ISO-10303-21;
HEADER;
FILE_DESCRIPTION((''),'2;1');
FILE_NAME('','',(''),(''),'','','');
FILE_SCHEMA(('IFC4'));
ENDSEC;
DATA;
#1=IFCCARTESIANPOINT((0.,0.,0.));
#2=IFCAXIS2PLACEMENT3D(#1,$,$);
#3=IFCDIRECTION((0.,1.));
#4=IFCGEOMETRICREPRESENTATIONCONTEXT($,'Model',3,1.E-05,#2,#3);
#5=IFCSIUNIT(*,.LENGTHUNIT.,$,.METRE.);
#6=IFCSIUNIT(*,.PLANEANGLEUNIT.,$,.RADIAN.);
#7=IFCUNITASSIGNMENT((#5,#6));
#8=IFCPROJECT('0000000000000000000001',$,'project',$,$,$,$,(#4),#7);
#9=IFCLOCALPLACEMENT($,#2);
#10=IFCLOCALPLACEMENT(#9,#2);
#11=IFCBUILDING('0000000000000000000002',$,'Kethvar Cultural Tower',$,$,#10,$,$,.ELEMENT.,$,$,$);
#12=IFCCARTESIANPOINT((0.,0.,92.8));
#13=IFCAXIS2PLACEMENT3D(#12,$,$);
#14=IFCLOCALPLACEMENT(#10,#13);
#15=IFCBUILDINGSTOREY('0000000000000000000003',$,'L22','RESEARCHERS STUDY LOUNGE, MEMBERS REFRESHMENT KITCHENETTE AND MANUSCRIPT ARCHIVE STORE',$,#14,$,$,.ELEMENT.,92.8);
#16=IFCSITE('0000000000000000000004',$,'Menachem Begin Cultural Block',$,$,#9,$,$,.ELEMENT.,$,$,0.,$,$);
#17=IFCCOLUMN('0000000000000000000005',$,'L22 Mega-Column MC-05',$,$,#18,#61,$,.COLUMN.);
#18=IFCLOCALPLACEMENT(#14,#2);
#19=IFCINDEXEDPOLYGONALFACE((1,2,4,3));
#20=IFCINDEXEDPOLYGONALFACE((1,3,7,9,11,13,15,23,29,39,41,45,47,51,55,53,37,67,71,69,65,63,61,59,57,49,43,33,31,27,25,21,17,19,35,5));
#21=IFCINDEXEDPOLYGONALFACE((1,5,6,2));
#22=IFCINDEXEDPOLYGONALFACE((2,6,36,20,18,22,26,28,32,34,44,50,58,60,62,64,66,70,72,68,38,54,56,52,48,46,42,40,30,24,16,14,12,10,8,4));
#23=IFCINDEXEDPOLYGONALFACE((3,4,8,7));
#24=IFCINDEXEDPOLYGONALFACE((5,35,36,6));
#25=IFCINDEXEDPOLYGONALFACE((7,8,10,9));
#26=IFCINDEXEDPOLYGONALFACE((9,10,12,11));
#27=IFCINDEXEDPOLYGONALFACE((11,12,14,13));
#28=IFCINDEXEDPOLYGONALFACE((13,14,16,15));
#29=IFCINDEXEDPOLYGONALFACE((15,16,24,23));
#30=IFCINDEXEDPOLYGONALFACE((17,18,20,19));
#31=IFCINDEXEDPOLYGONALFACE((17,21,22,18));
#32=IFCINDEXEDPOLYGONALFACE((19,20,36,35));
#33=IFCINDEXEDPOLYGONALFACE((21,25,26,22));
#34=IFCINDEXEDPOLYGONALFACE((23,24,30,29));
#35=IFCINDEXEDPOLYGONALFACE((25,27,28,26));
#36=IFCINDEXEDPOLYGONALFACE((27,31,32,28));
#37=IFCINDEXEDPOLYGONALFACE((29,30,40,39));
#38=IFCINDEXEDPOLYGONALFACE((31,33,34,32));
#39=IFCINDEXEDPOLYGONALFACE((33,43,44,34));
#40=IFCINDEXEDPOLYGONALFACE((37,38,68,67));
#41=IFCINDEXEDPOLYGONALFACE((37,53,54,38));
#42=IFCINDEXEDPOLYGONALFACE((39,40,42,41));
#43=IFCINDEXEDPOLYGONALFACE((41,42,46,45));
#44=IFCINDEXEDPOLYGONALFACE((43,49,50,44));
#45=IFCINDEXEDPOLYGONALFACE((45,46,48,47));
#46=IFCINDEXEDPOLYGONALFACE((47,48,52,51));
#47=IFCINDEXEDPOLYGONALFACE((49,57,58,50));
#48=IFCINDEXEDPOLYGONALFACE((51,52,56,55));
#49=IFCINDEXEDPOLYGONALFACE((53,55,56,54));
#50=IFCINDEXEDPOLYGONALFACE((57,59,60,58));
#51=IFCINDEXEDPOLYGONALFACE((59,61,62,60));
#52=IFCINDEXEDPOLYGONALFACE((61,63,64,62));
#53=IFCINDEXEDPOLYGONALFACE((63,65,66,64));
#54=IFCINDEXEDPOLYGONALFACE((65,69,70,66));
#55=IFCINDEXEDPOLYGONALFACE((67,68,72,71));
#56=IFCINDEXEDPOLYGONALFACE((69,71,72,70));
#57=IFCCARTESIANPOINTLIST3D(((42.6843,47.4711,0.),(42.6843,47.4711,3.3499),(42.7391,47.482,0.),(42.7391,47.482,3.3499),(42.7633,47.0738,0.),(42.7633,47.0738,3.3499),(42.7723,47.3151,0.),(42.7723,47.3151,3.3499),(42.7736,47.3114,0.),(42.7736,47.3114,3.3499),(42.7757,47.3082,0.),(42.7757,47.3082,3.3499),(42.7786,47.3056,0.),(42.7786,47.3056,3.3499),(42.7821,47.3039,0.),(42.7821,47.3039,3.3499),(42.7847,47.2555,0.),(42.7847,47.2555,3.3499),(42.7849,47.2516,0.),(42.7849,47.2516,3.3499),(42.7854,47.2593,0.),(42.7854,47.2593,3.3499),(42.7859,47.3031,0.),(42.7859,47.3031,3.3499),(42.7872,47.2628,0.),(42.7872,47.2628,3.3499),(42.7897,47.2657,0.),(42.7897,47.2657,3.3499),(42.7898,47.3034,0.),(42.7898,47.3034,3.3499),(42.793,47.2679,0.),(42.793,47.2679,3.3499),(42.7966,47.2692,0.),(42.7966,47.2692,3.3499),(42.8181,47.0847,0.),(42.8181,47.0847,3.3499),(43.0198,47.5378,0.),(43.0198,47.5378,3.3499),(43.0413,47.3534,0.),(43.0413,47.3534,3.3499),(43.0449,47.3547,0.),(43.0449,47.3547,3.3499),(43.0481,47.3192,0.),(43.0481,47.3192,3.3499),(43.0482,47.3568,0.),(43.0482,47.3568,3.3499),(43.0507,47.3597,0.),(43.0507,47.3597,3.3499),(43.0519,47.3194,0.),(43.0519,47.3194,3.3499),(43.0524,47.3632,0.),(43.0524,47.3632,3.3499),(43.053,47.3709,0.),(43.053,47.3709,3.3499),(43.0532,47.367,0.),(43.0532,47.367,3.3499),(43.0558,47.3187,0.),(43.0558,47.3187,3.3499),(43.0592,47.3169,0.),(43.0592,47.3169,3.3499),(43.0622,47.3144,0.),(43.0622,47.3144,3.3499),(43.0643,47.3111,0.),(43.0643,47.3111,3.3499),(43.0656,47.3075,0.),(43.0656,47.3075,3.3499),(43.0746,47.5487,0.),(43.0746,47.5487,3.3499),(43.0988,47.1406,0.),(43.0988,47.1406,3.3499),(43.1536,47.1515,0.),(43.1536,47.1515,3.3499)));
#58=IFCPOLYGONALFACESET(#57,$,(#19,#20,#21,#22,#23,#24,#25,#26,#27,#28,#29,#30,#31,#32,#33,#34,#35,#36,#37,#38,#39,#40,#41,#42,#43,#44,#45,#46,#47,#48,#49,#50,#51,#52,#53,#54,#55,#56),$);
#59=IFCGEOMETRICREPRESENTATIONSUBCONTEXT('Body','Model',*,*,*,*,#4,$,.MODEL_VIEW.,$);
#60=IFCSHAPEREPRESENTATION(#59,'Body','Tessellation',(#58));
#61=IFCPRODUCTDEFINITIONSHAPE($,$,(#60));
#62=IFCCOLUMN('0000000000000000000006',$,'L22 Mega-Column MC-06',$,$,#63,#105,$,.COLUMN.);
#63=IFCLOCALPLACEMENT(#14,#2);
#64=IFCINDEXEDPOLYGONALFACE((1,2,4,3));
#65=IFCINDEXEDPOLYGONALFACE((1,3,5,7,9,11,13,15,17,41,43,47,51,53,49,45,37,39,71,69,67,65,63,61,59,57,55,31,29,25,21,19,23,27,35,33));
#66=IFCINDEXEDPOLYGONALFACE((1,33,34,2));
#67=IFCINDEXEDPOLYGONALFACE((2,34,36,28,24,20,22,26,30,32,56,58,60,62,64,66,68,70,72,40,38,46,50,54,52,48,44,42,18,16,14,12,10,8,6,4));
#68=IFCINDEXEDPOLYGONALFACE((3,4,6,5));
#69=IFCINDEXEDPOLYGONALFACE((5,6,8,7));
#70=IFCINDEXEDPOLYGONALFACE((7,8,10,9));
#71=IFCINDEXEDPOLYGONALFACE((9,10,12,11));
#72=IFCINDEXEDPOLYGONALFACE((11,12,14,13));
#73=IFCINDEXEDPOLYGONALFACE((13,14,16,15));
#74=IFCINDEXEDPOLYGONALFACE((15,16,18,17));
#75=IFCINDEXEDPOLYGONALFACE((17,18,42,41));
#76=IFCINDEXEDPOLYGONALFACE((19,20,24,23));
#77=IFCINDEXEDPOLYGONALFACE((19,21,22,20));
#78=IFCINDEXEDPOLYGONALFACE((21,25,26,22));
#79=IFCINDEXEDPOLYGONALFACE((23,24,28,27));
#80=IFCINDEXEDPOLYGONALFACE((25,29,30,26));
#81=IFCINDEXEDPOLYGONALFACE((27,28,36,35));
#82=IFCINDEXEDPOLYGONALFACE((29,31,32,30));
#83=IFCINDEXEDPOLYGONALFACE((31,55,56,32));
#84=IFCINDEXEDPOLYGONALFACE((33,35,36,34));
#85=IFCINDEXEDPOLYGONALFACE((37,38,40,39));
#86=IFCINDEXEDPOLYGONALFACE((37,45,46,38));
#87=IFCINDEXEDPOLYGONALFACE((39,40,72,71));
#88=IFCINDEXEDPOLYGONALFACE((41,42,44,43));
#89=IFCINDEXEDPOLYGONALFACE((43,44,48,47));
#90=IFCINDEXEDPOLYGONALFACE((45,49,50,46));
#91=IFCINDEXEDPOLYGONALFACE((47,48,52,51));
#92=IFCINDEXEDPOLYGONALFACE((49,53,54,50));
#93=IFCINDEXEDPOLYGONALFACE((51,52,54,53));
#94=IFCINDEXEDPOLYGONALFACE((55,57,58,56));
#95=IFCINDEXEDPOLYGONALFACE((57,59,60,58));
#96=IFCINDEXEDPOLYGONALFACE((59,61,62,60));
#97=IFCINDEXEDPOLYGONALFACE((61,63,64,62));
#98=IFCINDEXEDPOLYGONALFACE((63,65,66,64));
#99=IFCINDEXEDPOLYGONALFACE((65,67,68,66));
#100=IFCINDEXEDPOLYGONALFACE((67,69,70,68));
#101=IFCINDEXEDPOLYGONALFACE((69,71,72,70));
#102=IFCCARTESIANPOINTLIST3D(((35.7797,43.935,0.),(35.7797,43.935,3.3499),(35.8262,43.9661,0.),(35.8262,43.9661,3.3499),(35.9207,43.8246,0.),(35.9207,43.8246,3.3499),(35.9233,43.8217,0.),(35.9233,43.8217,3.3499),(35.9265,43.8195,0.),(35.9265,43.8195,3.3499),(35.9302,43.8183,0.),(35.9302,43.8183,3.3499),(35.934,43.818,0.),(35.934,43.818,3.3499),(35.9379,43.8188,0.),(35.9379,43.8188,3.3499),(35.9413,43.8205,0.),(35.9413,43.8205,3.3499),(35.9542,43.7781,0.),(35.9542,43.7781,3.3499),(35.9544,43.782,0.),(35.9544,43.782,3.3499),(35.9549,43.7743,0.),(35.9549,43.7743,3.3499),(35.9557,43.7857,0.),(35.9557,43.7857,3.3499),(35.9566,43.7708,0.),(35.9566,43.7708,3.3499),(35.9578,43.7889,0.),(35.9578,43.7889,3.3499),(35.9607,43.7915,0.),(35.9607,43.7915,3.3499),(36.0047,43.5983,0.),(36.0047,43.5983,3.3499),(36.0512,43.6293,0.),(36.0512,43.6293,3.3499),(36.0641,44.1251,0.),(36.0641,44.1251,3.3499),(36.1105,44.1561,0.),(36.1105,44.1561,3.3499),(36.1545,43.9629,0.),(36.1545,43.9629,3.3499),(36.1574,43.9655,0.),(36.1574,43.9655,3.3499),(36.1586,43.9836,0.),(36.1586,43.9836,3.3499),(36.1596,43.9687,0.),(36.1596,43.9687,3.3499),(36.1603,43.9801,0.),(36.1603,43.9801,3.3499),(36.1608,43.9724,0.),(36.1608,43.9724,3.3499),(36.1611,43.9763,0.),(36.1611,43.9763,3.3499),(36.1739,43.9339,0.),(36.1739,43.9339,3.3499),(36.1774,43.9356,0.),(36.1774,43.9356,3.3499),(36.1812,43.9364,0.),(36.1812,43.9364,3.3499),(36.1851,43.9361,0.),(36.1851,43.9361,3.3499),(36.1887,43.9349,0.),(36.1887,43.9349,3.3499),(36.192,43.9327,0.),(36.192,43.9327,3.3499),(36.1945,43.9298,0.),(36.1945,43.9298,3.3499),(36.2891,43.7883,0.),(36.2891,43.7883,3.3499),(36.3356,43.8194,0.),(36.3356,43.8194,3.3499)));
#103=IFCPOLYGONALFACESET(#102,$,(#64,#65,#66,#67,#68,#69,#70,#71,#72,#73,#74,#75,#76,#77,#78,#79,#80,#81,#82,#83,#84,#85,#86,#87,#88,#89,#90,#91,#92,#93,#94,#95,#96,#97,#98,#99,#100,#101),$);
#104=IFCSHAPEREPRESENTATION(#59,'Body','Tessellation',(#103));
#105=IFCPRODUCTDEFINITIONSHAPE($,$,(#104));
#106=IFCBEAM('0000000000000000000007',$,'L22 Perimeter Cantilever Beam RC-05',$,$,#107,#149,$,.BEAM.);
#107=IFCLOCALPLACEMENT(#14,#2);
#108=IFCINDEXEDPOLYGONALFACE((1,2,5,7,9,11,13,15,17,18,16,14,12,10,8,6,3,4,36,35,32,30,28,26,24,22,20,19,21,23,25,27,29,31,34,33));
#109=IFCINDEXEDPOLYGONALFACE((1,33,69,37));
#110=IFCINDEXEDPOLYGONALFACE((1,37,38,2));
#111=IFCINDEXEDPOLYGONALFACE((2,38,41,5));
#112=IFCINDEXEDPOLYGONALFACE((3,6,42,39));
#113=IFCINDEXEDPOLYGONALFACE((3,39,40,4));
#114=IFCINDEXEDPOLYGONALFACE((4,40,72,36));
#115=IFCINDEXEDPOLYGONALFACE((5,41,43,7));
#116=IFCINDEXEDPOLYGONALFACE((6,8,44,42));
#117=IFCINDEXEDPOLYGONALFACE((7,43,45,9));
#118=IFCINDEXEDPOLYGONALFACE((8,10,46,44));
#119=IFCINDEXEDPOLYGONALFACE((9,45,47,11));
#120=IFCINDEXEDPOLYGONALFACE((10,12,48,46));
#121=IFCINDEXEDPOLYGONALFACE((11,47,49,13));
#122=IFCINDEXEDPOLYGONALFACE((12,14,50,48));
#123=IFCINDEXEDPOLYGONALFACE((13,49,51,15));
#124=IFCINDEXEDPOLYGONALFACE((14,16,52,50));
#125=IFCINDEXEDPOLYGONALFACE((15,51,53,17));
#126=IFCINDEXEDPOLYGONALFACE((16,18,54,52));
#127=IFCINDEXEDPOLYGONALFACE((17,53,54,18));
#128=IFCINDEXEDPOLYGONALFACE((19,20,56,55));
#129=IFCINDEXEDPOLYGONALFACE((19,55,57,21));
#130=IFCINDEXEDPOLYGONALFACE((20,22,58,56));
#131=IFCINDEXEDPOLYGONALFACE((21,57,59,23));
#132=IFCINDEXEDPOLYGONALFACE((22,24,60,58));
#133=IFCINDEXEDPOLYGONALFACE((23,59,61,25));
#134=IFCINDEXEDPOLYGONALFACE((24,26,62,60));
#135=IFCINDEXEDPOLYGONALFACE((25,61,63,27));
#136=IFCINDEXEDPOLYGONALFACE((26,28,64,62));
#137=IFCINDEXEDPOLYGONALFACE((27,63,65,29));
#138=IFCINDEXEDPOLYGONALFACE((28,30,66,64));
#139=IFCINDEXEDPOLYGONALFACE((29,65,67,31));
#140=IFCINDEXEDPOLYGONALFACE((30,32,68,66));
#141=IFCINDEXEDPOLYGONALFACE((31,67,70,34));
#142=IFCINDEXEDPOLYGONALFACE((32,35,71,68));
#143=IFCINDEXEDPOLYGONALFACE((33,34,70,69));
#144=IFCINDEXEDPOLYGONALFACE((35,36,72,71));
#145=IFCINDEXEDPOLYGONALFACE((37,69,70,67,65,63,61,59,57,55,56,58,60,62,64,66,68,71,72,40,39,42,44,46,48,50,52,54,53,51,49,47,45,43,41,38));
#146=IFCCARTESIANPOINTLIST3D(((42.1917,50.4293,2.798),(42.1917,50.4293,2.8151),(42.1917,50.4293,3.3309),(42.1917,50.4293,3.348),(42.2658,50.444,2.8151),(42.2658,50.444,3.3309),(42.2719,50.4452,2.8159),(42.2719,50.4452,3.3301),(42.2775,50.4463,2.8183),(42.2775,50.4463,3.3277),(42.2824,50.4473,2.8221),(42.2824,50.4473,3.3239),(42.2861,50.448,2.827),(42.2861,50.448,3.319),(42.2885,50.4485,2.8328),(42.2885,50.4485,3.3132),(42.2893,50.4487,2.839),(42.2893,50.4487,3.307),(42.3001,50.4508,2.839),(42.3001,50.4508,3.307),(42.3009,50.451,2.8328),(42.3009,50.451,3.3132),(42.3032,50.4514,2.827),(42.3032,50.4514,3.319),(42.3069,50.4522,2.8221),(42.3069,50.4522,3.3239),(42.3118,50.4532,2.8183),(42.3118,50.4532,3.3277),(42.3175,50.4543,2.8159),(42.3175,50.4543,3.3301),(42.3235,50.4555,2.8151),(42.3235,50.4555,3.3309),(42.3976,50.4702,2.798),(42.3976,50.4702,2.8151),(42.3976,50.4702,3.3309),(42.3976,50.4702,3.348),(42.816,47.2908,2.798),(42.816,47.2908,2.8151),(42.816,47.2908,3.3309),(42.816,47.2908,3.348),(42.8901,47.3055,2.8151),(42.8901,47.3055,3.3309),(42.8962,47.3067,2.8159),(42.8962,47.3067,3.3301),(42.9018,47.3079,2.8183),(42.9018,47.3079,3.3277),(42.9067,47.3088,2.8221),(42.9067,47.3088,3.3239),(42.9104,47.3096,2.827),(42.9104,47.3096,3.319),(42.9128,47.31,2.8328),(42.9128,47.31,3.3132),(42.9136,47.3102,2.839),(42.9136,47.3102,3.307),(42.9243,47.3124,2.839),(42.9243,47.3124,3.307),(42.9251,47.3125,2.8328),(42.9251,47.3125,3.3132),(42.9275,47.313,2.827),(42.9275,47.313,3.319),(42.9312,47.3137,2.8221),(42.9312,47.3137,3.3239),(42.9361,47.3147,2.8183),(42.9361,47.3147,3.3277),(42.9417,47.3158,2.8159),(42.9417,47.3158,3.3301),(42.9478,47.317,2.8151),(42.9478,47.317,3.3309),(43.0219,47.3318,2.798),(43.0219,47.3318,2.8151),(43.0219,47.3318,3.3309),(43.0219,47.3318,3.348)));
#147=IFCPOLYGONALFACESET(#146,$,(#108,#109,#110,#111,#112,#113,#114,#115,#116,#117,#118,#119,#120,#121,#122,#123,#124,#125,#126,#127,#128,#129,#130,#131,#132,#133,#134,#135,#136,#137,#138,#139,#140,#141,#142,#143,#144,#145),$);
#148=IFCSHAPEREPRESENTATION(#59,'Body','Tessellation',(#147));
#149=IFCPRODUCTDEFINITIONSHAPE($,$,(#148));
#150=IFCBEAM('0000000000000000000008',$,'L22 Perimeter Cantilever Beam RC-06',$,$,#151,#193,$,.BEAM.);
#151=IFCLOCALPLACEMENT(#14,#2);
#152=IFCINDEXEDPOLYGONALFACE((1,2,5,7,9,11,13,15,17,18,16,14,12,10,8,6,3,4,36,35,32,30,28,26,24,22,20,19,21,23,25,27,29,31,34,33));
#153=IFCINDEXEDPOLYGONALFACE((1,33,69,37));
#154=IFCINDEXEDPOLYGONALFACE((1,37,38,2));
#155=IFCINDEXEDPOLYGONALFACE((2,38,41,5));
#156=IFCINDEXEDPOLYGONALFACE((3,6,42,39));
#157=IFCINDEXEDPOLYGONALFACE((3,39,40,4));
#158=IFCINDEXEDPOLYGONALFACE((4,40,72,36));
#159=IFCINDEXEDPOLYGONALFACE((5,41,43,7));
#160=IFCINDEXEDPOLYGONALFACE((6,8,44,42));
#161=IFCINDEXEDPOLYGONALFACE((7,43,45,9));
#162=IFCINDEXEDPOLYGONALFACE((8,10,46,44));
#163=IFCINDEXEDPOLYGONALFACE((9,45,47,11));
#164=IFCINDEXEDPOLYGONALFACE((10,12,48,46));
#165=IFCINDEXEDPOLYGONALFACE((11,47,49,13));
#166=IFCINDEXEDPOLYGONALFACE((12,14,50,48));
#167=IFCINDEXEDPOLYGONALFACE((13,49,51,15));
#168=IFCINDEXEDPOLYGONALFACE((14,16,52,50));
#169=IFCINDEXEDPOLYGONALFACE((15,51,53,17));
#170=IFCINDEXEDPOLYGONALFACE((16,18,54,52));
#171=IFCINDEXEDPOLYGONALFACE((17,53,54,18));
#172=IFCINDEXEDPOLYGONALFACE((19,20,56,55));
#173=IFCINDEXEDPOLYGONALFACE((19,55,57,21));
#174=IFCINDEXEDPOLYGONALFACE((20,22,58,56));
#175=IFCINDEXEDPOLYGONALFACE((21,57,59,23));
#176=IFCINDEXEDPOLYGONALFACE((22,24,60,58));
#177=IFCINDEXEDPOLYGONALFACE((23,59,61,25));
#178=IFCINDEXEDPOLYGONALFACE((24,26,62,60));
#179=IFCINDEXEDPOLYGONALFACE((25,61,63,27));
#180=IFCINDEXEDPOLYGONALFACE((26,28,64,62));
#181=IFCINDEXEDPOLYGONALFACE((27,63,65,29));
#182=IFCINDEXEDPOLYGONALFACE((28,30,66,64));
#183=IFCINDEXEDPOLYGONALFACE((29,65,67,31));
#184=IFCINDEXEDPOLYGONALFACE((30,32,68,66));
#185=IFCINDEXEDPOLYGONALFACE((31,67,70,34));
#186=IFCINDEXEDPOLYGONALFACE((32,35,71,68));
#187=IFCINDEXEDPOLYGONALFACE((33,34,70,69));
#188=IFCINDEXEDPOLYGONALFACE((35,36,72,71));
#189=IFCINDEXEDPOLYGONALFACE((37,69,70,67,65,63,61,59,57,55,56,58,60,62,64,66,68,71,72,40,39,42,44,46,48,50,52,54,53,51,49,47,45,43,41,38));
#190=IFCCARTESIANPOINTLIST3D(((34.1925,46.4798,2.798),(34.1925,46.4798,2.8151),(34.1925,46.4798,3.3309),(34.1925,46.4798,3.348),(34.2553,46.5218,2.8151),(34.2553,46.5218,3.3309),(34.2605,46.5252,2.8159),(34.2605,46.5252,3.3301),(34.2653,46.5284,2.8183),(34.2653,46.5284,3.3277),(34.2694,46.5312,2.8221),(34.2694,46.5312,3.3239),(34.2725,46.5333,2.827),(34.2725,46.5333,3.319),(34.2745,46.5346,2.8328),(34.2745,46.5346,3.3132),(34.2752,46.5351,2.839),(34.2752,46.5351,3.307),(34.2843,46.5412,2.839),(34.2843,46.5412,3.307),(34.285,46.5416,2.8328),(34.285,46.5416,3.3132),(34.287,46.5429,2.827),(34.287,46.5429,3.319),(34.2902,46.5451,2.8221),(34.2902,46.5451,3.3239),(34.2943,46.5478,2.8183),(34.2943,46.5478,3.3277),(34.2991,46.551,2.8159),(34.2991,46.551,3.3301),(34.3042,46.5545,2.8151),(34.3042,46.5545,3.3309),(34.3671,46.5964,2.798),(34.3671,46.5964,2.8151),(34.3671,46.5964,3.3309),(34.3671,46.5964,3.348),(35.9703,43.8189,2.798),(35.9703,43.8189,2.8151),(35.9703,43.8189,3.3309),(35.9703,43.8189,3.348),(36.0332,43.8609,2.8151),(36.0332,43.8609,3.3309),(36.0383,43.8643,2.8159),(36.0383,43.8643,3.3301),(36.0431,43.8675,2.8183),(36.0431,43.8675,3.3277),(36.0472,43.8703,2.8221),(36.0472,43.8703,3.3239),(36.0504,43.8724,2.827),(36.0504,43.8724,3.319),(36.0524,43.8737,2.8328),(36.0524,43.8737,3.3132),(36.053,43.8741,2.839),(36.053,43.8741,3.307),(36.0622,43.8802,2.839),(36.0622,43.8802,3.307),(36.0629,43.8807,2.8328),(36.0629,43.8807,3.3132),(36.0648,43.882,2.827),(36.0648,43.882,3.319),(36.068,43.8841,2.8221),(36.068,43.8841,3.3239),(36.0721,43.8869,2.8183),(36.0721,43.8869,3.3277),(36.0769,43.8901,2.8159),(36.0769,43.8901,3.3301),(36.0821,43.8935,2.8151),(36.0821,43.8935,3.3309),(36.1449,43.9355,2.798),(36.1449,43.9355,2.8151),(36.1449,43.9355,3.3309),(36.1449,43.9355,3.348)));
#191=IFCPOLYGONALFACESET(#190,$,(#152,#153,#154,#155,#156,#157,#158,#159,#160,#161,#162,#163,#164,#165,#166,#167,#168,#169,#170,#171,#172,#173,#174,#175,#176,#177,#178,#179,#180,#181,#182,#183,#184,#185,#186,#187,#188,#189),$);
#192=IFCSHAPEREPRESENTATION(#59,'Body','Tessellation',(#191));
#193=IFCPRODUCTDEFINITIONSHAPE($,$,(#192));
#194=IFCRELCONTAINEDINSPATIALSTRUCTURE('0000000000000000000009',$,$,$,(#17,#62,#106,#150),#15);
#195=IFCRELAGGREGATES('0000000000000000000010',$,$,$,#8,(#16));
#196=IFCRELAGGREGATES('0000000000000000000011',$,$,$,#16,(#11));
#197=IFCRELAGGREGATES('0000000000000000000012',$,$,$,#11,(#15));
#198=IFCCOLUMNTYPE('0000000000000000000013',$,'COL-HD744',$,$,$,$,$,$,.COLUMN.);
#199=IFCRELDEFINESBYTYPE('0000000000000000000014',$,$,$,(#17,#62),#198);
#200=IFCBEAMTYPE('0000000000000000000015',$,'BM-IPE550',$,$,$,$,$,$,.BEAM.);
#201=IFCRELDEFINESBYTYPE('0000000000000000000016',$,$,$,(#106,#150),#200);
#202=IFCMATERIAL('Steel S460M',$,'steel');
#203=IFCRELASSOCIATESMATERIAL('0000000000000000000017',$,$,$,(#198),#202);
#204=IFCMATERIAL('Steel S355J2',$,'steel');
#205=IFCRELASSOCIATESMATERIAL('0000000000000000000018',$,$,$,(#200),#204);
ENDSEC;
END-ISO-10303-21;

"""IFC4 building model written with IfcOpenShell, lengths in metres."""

from ifc_helpers import new_model, si_unit, direction, frame, origin, origin_2d, place, context, subcontext, project, spatial, i_section, extrude, source, transform, mapped, material, material_profile, profile_set, type_object, element, save


model = new_model("IFC4")

# Units and contexts
model_context = context("Model", 3, precision=1e-05, world=origin(), true_north=direction((0.0, 1.0)))
body_context = subcontext(model_context, "Body", "Model", "MODEL_VIEW")
ifc_project = project(units=[si_unit("LENGTHUNIT", "METRE"), si_unit("PLANEANGLEUNIT", "RADIAN")], contexts=[model_context])

# Site, building, storey
site_placement = place(None, origin())
site = spatial("IfcSite", under=ifc_project, at=site_placement, Name="Menachem Begin Cultural Block", CompositionType="ELEMENT", RefElevation=0.0)
building_placement = place(site_placement, origin())
building = spatial("IfcBuilding", under=site, at=building_placement, Name="Kethvar Cultural Tower", CompositionType="ELEMENT")
storey_placement = place(building_placement, frame((0.0, 0.0, 92.8)))
storey = spatial("IfcBuildingStorey", under=building, at=storey_placement, Name="L22", Description="RESEARCHERS STUDY LOUNGE, MEMBERS REFRESHMENT KITCHENETTE AND MANUSCRIPT ARCHIVE STORE", CompositionType="ELEMENT", Elevation=92.8)

# Columns
ifc_material_1 = material(Name="Steel S460M", Category="steel")
ifc_material_profile_1 = material_profile(ifc_material_1, i_section(OverallWidth=0.405, OverallDepth=0.3979, WebThickness=0.0349, FlangeThickness=0.0559, FilletRadius=0.0149, at=origin_2d()), Name="Steel S460M — HD400x744")
ifc_profile_set_1 = profile_set([ifc_material_profile_1], Name="Steel S460M — HD400x744")
column_type = type_object("IfcColumnType", Name="COL-HD744", PredefinedType="COLUMN", material=ifc_profile_set_1)
shared_shape_1 = source(origin(), body_context, "Body", "SweptSolid", [
    extrude(i_section(OverallWidth=0.405, OverallDepth=0.3979, WebThickness=0.0349, FlangeThickness=0.0559, FilletRadius=0.0149, at=origin_2d()), origin(), (0.0, 0.0, 1.0), 3.3499),
])
for number, where, z_axis, x_axis, name in (
    (1, (42.9189, 47.3113, 0.0), (0.0, 0.0, 1.0), (-0.19509, 0.980785, 0.0), "L22 Mega-Column MC-05"),
    (2, (36.0576, 43.8772, 0.0), (0.0, 0.0, 1.0), (-0.55557, 0.83147, 0.0), "L22 Mega-Column MC-06"),
):
    element("IfcColumn", number, at=place(storey_placement, frame(where, z_axis=z_axis, x_axis=x_axis)), inside=storey, type_object=column_type, Name=name, PredefinedType="COLUMN", context=body_context, shape_type="MappedRepresentation", body=[
        mapped(shared_shape_1, transform((0.0, 0.0, 0.0), scale=1.0)),
    ])

# Beams
ifc_material_2 = material(Name="Steel S355J2", Category="steel")
ifc_material_profile_2 = material_profile(ifc_material_2, i_section(OverallWidth=0.21, OverallDepth=0.55, WebThickness=0.011, FlangeThickness=0.0171, FilletRadius=0.0239, at=origin_2d()), Name="Steel S355J2 — IPE550")
ifc_profile_set_2 = profile_set([ifc_material_profile_2], Name="Steel S355J2 — IPE550")
beam_type_1 = type_object("IfcBeamType", Name="BM-IPE550", PredefinedType="BEAM", material=ifc_profile_set_2)
shared_shape_2 = source(origin(), body_context, "Body", "SweptSolid", [
    extrude(i_section(OverallWidth=0.21, OverallDepth=0.55, WebThickness=0.011, FlangeThickness=0.0171, FilletRadius=0.0239, at=origin_2d()), origin(), (0.0, 0.0, 1.0), 3.2),
])
beam_1_placement = place(storey_placement, frame((42.9189, 47.3113, 3.073), z_axis=(-0.195089, 0.980786, 0.0), x_axis=(-0.980786, -0.195089, 0.0)))
element("IfcBeam", 3, at=beam_1_placement, inside=storey, type_object=beam_type_1, Name="L22 Perimeter Cantilever Beam RC-05", PredefinedType="BEAM", context=body_context, shape_type="MappedRepresentation", body=[
    mapped(shared_shape_2, transform((0.0, 0.0, 0.0), scale=1.0)),
])
shared_shape_3 = source(origin(), body_context, "Body", "SweptSolid", [
    extrude(i_section(OverallWidth=0.21, OverallDepth=0.55, WebThickness=0.011, FlangeThickness=0.0171, FilletRadius=0.0239, at=origin_2d()), origin(), (0.0, 0.0, 1.0), 3.2002),
])
beam_2_placement = place(storey_placement, frame((36.0576, 43.8772, 3.073), z_axis=(-0.555545, 0.831486, 0.0), x_axis=(-0.831486, -0.555545, 0.0)))
element("IfcBeam", 4, at=beam_2_placement, inside=storey, type_object=beam_type_1, Name="L22 Perimeter Cantilever Beam RC-06", PredefinedType="BEAM", context=body_context, shape_type="MappedRepresentation", body=[
    mapped(shared_shape_3, transform((0.0, 0.0, 0.0), scale=1.0)),
])

save(model, "model.ifc")
